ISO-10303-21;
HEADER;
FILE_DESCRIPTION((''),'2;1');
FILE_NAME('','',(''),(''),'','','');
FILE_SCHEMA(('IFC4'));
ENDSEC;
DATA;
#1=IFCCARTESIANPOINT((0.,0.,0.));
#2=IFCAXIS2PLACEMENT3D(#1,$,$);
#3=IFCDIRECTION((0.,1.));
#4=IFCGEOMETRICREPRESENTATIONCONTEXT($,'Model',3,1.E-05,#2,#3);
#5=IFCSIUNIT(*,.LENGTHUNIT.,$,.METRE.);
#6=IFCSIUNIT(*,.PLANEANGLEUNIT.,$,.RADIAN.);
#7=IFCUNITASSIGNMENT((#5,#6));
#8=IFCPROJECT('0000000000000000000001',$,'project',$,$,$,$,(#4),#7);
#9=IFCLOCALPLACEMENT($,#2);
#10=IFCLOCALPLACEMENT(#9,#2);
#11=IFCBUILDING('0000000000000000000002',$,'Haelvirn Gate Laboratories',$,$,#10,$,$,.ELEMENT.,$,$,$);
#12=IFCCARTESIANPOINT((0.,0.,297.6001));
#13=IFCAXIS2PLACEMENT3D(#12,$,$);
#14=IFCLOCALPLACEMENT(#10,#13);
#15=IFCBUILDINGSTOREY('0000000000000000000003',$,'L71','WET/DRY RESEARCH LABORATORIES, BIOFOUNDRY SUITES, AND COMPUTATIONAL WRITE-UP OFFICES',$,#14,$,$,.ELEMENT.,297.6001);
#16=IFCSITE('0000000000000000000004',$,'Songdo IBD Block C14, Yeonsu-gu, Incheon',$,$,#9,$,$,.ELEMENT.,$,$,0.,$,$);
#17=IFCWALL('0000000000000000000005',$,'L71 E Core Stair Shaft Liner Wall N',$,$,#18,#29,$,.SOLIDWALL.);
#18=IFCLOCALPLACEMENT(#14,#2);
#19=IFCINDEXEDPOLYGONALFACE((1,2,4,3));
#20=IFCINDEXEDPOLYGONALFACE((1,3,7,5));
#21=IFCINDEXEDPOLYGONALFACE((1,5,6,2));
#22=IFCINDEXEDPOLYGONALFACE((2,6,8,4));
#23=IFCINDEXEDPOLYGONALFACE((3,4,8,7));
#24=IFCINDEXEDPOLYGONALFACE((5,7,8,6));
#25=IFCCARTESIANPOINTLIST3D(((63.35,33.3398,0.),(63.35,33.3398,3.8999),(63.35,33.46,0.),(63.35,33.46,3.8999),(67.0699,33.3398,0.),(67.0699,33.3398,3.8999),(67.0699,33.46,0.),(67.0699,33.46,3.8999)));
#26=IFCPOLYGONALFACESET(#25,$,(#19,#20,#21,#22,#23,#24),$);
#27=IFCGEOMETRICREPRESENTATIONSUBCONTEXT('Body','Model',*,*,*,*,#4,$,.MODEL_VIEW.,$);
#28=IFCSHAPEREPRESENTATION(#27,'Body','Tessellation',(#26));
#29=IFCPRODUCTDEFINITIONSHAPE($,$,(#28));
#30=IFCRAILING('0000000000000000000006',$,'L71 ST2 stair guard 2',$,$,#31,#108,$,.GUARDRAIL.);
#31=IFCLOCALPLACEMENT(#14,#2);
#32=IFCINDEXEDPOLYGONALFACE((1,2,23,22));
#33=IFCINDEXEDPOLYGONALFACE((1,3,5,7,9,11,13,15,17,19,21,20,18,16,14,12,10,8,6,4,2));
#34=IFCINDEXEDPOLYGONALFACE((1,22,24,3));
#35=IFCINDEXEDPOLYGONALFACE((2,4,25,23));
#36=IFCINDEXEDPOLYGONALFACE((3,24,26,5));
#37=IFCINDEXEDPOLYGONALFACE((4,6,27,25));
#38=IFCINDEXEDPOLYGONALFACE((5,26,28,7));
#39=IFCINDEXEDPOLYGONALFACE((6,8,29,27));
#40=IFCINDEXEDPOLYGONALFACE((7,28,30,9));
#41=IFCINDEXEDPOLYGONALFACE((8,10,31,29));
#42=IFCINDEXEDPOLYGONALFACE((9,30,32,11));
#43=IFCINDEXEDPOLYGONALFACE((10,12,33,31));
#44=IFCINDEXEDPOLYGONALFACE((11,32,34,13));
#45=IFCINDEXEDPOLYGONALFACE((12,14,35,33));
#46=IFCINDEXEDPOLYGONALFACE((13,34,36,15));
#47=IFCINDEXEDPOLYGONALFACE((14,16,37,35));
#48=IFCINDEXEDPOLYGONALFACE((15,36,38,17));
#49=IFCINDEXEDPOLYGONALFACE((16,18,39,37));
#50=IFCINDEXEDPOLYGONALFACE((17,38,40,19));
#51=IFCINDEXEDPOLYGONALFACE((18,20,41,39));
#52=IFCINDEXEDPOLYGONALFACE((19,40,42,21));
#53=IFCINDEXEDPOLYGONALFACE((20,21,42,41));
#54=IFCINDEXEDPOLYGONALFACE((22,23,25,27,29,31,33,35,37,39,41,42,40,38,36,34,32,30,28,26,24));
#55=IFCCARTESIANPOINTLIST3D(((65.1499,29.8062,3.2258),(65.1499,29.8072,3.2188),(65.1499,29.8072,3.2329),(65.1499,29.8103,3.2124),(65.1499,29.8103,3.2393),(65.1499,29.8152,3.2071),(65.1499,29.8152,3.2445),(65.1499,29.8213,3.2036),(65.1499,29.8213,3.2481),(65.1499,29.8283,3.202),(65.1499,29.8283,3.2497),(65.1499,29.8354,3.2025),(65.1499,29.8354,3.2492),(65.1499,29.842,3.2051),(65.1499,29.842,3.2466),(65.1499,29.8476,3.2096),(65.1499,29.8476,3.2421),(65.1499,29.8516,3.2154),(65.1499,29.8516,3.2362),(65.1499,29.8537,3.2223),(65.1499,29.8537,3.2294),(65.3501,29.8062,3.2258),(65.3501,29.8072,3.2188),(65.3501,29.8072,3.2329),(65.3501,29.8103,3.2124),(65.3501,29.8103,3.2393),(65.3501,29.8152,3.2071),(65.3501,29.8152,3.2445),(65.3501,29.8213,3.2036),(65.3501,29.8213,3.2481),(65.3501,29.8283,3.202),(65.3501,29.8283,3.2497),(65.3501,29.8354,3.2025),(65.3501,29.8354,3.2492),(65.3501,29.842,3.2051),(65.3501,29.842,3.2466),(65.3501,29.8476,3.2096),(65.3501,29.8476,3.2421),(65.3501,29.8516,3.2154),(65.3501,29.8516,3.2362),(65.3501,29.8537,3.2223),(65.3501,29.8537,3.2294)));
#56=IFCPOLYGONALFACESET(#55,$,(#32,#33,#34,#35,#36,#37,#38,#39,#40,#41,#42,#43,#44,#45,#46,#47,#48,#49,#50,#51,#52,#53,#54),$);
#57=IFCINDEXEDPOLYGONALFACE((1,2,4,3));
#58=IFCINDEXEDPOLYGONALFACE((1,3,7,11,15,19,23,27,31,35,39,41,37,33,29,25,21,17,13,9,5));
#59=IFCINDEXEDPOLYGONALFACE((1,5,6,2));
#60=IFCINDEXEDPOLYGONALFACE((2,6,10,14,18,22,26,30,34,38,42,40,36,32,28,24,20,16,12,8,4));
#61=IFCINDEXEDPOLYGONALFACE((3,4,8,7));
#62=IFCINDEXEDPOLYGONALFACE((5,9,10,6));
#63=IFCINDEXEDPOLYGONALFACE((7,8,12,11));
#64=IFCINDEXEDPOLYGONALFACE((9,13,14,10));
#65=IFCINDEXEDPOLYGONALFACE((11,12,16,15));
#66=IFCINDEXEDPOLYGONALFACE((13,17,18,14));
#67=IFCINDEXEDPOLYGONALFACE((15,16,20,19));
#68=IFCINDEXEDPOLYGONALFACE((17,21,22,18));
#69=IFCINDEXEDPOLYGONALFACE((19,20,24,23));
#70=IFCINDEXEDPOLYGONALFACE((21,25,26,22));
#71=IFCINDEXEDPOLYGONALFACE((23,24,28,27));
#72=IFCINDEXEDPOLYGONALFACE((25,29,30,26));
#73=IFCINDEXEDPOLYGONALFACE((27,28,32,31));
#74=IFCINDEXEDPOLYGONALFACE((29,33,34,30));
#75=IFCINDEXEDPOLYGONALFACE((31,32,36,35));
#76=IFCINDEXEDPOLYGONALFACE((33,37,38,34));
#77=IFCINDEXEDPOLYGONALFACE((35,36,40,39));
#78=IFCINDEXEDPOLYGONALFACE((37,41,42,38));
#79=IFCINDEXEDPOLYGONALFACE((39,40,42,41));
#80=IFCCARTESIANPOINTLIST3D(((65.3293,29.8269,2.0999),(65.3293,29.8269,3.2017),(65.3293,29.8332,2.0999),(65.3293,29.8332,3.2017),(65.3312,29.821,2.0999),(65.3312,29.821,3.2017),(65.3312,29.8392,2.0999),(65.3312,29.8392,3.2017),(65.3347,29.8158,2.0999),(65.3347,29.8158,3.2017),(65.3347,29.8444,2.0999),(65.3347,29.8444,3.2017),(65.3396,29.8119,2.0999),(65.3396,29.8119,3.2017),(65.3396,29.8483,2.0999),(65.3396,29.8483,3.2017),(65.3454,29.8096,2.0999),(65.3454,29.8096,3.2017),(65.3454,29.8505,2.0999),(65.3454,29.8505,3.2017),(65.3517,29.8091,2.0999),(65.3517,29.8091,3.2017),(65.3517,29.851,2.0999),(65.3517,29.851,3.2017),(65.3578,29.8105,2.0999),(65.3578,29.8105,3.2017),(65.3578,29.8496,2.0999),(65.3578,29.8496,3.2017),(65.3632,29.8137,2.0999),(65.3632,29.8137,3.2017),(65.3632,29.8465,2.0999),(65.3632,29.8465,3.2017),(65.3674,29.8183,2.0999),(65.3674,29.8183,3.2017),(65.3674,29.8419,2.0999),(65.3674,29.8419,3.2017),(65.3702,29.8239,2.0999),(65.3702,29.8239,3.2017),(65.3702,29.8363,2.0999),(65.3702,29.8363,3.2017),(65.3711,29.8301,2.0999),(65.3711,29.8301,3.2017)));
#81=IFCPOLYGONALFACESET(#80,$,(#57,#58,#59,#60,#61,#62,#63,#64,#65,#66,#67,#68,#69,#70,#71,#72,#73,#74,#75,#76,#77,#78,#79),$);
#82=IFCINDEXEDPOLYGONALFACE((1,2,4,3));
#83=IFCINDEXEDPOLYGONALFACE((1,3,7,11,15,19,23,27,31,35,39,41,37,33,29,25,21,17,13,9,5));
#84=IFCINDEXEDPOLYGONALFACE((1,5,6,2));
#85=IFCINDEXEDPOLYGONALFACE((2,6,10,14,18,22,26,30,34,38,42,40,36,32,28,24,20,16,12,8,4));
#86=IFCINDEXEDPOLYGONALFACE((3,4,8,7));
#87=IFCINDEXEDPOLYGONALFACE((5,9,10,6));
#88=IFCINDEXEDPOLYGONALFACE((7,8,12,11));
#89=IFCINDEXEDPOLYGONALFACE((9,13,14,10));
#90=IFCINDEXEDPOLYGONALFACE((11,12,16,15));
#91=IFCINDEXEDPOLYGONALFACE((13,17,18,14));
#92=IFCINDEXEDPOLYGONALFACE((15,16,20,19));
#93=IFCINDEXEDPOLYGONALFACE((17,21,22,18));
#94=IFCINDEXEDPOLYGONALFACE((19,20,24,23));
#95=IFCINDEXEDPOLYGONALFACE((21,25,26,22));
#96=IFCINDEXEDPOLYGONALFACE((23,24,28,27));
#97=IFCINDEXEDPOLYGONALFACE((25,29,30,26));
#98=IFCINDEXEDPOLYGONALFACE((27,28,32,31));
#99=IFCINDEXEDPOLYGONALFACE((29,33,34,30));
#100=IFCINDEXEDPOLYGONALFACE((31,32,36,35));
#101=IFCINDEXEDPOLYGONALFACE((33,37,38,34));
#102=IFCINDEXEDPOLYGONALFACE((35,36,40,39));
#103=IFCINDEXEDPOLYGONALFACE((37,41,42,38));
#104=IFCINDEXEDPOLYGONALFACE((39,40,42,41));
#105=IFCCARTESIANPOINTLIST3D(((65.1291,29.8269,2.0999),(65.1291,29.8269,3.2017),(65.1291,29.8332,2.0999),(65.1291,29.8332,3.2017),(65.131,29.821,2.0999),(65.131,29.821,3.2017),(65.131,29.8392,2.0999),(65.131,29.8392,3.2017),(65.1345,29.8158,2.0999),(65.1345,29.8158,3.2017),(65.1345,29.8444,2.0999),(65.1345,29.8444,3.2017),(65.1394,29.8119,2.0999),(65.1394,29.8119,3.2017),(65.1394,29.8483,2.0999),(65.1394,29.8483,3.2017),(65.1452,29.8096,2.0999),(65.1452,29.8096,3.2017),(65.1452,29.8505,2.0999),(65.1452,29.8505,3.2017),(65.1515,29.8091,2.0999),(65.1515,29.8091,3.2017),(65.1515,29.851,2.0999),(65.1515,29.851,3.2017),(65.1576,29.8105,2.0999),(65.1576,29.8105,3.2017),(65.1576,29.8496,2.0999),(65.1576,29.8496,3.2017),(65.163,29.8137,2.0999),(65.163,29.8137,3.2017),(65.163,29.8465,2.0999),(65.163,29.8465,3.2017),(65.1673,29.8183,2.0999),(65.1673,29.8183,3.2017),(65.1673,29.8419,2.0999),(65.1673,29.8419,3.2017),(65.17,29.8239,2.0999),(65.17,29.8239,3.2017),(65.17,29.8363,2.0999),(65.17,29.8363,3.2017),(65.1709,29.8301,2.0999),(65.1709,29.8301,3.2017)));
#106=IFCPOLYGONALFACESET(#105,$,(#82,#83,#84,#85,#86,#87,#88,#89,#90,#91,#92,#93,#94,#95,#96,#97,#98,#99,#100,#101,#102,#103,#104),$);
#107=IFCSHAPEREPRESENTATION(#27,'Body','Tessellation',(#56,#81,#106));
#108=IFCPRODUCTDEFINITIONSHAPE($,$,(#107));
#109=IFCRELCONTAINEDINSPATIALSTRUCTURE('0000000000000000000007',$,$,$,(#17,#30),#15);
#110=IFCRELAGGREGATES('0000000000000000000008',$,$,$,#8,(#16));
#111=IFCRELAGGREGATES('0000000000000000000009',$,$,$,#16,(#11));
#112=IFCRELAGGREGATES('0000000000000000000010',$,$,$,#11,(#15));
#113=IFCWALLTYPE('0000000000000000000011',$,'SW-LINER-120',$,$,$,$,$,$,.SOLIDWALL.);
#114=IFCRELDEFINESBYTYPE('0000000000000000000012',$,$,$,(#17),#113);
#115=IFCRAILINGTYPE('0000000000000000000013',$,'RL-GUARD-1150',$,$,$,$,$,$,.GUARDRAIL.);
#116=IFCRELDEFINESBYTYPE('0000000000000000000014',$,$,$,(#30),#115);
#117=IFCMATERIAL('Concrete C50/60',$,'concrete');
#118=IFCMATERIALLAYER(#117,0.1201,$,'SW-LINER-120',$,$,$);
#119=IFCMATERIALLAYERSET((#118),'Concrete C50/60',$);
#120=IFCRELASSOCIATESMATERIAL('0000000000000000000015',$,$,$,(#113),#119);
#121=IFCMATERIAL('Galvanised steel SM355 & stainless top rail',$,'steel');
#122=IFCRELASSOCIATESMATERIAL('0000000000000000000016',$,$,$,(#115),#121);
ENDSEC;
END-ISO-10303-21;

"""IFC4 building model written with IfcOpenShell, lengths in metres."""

from ifc_helpers import new_model, si_unit, direction, frame, frame_2d, origin, origin_2d, place, context, subcontext, project, spatial, rectangle, circle, extrude, source, transform, mapped, material, layer, layer_set, type_object, type_shapes, element, save


model = new_model("IFC4")

# Units and contexts
model_context = context("Model", 3, precision=1e-05, world=origin(), true_north=direction((0.0, 1.0)))
body_context = subcontext(model_context, "Body", "Model", "MODEL_VIEW")
ifc_project = project(units=[si_unit("LENGTHUNIT", "METRE"), si_unit("PLANEANGLEUNIT", "RADIAN")], contexts=[model_context])

# Site, building, storey
site_placement = place(None, origin())
site = spatial("IfcSite", under=ifc_project, at=site_placement, Name="Songdo IBD Block C14, Yeonsu-gu, Incheon", CompositionType="ELEMENT", RefElevation=0.0)
building_placement = place(site_placement, origin())
building = spatial("IfcBuilding", under=site, at=building_placement, Name="Haelvirn Gate Laboratories", CompositionType="ELEMENT")
storey_placement = place(building_placement, frame((0.0, 0.0, 297.6001)))
storey = spatial("IfcBuildingStorey", under=building, at=storey_placement, Name="L71", Description="WET/DRY RESEARCH LABORATORIES, BIOFOUNDRY SUITES, AND COMPUTATIONAL WRITE-UP OFFICES", CompositionType="ELEMENT", Elevation=297.6001)

# Shared definitions
ifc_material_1 = material(Name="Concrete C50/60", Category="concrete")

# Wall
ifc_layer_1 = layer(ifc_material_1, 0.1201, Name="SW-LINER-120")
ifc_layer_set_1 = layer_set([ifc_layer_1], Name="Concrete C50/60")
wall_type_1 = type_object("IfcWallType", Name="SW-LINER-120", PredefinedType="SOLIDWALL", material=ifc_layer_set_1)
wall_1_placement = place(storey_placement, frame((63.3501, 33.3999, 0.0), z_axis=(0.0, 0.0, 1.0), x_axis=(1.0, 0.0, 0.0)))
element("IfcWall", 1, at=wall_1_placement, inside=storey, type_object=wall_type_1, Name="L71 E Core Stair Shaft Liner Wall N", PredefinedType="SOLIDWALL", context=body_context, shape_type="SweptSolid", body=[
    extrude(rectangle(XDim=3.72, YDim=0.1201, at=frame_2d((1.8599, 0.0))), origin(), (0.0, 0.0, 1.0), 3.8999),
])

# Railing
ifc_material_2 = material(Name="Galvanised steel SM355 & stainless top rail", Category="steel")
railing_type_1 = type_object("IfcRailingType", Name="RL-GUARD-1150", PredefinedType="GUARDRAIL", material=ifc_material_2)
shared_shape_1 = source(origin(), body_context, "Body", "SweptSolid", [
    extrude(circle(Radius=0.0239, at=origin_2d()), frame((0.0, 0.0, 1.126), z_axis=(-1.0, 0.0, 0.0), x_axis=(0.0, -1.0, 0.0)), (0.0, 0.0, 1.0), 0.2002),
    extrude(circle(Radius=0.021, at=origin_2d()), origin(), (0.0, 0.0, 1.0), 1.1018),
    extrude(circle(Radius=0.021, at=origin_2d()), frame((-0.2002, 0.0, 0.0)), (0.0, 0.0, 1.0), 1.1018),
])
type_shapes(railing_type_1, [shared_shape_1])
railing_1_placement = place(storey_placement, frame((65.3501, 29.8301, 2.0999)))
element("IfcRailing", 2, at=railing_1_placement, inside=storey, type_object=railing_type_1, Name="L71 ST2 stair guard 2", PredefinedType="GUARDRAIL", context=body_context, shape_type="MappedRepresentation", body=[
    mapped(shared_shape_1, transform((0.0, 0.0, 0.0), scale=1.0)),
])

save(model, "model.ifc")
